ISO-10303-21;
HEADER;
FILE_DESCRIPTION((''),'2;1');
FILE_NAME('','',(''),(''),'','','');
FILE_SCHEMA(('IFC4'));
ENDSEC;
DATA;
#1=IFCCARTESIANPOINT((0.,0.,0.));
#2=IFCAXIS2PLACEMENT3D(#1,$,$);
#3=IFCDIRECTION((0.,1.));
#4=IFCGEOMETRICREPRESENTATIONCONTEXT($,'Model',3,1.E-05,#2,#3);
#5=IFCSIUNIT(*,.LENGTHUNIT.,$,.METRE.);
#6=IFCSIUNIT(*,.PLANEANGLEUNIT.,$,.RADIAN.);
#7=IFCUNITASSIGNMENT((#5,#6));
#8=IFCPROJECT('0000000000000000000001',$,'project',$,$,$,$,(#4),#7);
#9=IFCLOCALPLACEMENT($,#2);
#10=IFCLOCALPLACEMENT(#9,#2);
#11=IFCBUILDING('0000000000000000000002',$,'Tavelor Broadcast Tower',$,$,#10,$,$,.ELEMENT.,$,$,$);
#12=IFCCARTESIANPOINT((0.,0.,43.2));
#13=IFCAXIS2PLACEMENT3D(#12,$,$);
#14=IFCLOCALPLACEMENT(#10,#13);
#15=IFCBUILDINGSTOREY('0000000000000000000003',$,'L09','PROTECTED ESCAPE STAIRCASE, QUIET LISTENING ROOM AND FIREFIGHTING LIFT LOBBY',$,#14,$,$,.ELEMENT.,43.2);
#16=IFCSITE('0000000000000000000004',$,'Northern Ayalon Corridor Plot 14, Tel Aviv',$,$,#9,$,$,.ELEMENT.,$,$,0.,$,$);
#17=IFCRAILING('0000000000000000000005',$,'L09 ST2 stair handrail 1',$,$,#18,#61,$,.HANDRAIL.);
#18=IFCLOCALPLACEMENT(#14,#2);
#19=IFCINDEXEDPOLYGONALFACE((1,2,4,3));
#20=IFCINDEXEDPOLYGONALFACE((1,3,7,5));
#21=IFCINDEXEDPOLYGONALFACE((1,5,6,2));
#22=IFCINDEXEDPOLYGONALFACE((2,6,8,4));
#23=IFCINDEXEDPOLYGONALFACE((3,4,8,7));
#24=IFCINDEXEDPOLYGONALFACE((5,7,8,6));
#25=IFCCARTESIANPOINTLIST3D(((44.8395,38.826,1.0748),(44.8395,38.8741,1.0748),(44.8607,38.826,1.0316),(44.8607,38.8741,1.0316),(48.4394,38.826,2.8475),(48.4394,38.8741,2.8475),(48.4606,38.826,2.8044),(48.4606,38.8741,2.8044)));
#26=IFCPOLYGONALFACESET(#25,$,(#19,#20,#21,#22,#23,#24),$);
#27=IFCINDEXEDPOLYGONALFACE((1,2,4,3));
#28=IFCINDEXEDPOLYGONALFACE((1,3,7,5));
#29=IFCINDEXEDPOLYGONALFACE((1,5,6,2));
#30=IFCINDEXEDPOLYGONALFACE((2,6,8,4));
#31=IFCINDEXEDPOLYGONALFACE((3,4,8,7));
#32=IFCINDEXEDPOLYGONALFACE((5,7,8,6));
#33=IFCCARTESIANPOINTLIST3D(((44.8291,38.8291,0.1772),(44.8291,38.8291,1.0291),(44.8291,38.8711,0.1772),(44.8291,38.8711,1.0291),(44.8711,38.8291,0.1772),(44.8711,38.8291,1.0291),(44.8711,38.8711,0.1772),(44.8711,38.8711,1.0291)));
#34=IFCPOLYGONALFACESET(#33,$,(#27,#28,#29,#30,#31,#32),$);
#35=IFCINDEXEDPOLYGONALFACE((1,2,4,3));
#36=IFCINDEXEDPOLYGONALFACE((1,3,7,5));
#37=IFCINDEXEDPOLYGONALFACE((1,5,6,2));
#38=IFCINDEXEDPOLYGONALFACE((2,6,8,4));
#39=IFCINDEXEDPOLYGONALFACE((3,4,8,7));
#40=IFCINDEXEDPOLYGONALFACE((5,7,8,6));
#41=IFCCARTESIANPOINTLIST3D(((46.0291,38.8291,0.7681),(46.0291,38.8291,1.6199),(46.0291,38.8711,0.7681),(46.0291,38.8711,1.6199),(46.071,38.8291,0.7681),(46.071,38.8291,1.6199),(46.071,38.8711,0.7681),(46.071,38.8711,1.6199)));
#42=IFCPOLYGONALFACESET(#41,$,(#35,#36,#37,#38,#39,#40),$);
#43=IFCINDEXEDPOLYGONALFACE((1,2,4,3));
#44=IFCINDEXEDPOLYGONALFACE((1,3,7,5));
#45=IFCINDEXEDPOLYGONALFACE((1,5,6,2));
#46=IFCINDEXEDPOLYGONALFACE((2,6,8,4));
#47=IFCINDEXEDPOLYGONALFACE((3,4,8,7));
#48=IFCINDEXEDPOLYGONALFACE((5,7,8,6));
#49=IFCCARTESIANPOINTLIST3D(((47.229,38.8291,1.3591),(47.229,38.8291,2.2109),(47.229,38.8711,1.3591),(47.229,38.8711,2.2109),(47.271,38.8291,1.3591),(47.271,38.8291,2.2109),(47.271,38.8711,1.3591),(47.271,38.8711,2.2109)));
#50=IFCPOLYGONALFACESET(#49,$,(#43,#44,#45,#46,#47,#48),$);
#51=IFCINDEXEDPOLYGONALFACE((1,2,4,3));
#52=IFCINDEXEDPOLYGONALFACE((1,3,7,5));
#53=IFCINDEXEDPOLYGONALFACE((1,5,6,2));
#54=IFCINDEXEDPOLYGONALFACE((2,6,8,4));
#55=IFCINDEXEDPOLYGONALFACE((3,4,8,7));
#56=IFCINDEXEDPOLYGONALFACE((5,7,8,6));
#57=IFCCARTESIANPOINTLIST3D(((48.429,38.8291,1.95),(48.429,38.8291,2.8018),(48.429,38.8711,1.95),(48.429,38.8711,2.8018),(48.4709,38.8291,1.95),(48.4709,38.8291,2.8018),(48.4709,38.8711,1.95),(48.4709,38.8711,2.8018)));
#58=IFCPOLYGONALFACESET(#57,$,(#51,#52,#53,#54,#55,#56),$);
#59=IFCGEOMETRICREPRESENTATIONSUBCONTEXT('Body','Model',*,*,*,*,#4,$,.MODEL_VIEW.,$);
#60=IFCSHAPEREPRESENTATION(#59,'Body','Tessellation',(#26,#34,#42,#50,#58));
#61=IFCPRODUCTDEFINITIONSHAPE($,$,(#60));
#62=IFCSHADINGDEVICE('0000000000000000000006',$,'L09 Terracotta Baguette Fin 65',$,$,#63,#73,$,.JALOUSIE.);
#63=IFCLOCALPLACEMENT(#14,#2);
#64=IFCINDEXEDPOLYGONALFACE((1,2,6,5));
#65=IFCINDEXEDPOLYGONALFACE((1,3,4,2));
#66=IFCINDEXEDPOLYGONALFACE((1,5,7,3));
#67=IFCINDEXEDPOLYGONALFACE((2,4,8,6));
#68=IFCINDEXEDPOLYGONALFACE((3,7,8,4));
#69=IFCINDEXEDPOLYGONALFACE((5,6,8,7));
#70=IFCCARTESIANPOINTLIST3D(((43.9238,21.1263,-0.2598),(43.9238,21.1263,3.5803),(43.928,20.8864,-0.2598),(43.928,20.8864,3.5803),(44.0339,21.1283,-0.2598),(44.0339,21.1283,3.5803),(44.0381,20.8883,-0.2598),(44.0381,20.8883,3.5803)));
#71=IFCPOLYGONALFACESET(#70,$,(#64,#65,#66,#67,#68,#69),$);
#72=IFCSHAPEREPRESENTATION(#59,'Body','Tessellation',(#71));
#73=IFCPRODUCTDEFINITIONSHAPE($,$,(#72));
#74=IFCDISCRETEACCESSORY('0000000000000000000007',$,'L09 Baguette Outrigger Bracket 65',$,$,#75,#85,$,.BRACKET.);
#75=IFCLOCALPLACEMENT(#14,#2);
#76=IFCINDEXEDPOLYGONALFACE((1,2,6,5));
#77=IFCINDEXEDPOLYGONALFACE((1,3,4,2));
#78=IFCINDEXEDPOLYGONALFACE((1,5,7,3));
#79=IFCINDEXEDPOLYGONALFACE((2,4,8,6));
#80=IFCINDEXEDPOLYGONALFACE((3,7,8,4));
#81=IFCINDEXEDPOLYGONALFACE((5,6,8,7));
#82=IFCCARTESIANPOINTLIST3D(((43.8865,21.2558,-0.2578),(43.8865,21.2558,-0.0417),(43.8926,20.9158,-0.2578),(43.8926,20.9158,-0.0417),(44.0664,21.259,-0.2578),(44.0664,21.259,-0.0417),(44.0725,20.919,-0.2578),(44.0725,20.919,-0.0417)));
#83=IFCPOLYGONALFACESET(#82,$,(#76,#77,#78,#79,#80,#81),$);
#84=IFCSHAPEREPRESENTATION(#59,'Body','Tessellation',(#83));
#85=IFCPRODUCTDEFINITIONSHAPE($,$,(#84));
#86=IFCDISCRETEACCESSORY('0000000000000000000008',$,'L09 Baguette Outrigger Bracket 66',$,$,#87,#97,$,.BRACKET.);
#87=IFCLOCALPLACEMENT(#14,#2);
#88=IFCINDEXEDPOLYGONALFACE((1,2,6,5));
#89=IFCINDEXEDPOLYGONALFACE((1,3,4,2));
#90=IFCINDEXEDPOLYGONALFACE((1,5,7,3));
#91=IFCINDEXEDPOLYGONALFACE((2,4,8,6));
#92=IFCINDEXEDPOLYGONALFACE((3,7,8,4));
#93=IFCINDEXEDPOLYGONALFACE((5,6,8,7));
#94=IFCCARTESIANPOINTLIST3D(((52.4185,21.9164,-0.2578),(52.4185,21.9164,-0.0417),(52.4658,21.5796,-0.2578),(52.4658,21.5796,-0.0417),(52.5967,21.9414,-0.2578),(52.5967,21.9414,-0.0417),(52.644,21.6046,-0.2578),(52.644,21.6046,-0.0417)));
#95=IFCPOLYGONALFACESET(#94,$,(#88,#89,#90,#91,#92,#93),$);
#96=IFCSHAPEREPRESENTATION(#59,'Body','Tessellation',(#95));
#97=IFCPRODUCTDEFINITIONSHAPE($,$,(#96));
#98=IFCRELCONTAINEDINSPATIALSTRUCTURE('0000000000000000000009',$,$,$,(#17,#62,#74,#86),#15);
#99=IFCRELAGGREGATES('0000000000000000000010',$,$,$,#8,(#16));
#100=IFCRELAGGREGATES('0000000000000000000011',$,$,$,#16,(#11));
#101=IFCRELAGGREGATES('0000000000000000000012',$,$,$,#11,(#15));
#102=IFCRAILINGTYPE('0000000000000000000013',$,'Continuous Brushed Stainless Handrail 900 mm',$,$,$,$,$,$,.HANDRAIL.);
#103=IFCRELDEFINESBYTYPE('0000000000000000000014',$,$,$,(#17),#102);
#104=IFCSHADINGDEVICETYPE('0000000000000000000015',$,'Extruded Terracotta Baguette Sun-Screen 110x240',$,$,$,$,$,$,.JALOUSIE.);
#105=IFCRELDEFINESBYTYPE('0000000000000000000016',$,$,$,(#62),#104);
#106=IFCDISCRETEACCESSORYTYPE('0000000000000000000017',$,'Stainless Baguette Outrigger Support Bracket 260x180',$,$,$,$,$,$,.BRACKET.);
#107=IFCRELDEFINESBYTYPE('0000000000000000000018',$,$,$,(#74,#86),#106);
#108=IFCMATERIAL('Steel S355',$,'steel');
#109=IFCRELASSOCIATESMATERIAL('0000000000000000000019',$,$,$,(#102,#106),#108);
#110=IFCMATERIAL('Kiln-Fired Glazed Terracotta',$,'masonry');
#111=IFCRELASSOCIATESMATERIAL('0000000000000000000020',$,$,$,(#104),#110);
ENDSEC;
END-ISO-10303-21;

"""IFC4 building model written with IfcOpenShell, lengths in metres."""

from ifc_helpers import new_model, si_unit, direction, frame, origin, origin_2d, place, context, subcontext, project, spatial, rectangle, extrude, source, transform, mapped, material, type_object, type_shapes, element, save


model = new_model("IFC4")

# Units and contexts
model_context = context("Model", 3, precision=1e-05, world=origin(), true_north=direction((0.0, 1.0)))
body_context = subcontext(model_context, "Body", "Model", "MODEL_VIEW")
ifc_project = project(units=[si_unit("LENGTHUNIT", "METRE"), si_unit("PLANEANGLEUNIT", "RADIAN")], contexts=[model_context])

# Site, building, storey
site_placement = place(None, origin())
site = spatial("IfcSite", under=ifc_project, at=site_placement, Name="Northern Ayalon Corridor Plot 14, Tel Aviv", CompositionType="ELEMENT", RefElevation=0.0)
building_placement = place(site_placement, origin())
building = spatial("IfcBuilding", under=site, at=building_placement, Name="Tavelor Broadcast Tower", CompositionType="ELEMENT")
storey_placement = place(building_placement, frame((0.0, 0.0, 43.2)))
storey = spatial("IfcBuildingStorey", under=building, at=storey_placement, Name="L09", Description="PROTECTED ESCAPE STAIRCASE, QUIET LISTENING ROOM AND FIREFIGHTING LIFT LOBBY", CompositionType="ELEMENT", Elevation=43.2)

# Shared definitions
ifc_material_1 = material(Name="Steel S355", Category="steel")

# Railing
railing_type = type_object("IfcRailingType", Name="Continuous Brushed Stainless Handrail 900 mm", PredefinedType="HANDRAIL", material=ifc_material_1)
railing_placement = place(storey_placement, frame((44.8501, 38.8501, 0.1772)))
element("IfcRailing", 1, at=railing_placement, inside=storey, type_object=railing_type, Name="L09 ST2 stair handrail 1", PredefinedType="HANDRAIL", context=body_context, shape_type="SweptSolid", body=[
    extrude(rectangle(XDim=0.0481, YDim=0.0481, at=origin_2d()), frame((0.0, 0.0, 0.876), z_axis=(0.897124, 0.0, 0.441778), x_axis=(0.0, 1.0, 0.0)), (0.0, 0.0, 1.0), 4.0127),
    extrude(rectangle(XDim=0.042, YDim=0.042, at=origin_2d()), origin(), (0.0, 0.0, 1.0), 0.8518),
    extrude(rectangle(XDim=0.042, YDim=0.042, at=origin_2d()), frame((1.2, 0.0, 0.5908)), (0.0, 0.0, 1.0), 0.8518),
    extrude(rectangle(XDim=0.042, YDim=0.042, at=origin_2d()), frame((2.3999, 0.0, 1.1819)), (0.0, 0.0, 1.0), 0.8518),
    extrude(rectangle(XDim=0.042, YDim=0.042, at=origin_2d()), frame((3.5999, 0.0, 1.7727)), (0.0, 0.0, 1.0), 0.8518),
])

# Shading device
ifc_material_2 = material(Name="Kiln-Fired Glazed Terracotta", Category="masonry")
shading_device_type = type_object("IfcShadingDeviceType", Name="Extruded Terracotta Baguette Sun-Screen 110x240", PredefinedType="JALOUSIE", material=ifc_material_2)
shared_shape_1 = source(origin(), body_context, "Body", "SweptSolid", [
    extrude(rectangle(XDim=0.1101, YDim=0.24, at=origin_2d()), origin(), (0.0, 0.0, 1.0), 3.8401),
])
type_shapes(shading_device_type, [shared_shape_1])
shading_device_placement = place(storey_placement, frame((43.981, 21.0073, -0.2598), z_axis=(0.0, 0.0, 1.0), x_axis=(0.999842, 0.017801, 0.0)))
element("IfcShadingDevice", 2, at=shading_device_placement, inside=storey, type_object=shading_device_type, Name="L09 Terracotta Baguette Fin 65", PredefinedType="JALOUSIE", context=body_context, shape_type="MappedRepresentation", body=[
    mapped(shared_shape_1, transform((0.0, 0.0, 0.0), scale=1.0)),
])

# Discrete accessories
discrete_accessory_type = type_object("IfcDiscreteAccessoryType", Name="Stainless Baguette Outrigger Support Bracket 260x180", PredefinedType="BRACKET", material=ifc_material_1)
shared_shape_2 = source(origin(), body_context, "Body", "SweptSolid", [
    extrude(rectangle(XDim=0.1799, YDim=0.3401, at=origin_2d()), origin(), (0.0, 0.0, 1.0), 0.2161),
])
type_shapes(discrete_accessory_type, [shared_shape_2])
for number, where, z_axis, x_axis, name in (
    (3, (43.9795, 21.0874, -0.2578), (0.0, 0.0, 1.0), (0.999842, 0.017801, 0.0), "L09 Baguette Outrigger Bracket 65"),
    (4, (52.5312, 21.7605, -0.2578), (0.0, 0.0, 1.0), (0.990317, 0.138827, 0.0), "L09 Baguette Outrigger Bracket 66"),
):
    element("IfcDiscreteAccessory", number, at=place(storey_placement, frame(where, z_axis=z_axis, x_axis=x_axis)), inside=storey, type_object=discrete_accessory_type, Name=name, PredefinedType="BRACKET", context=body_context, shape_type="MappedRepresentation", body=[
        mapped(shared_shape_2, transform((0.0, 0.0, 0.0), scale=1.0)),
    ])

save(model, "model.ifc")
